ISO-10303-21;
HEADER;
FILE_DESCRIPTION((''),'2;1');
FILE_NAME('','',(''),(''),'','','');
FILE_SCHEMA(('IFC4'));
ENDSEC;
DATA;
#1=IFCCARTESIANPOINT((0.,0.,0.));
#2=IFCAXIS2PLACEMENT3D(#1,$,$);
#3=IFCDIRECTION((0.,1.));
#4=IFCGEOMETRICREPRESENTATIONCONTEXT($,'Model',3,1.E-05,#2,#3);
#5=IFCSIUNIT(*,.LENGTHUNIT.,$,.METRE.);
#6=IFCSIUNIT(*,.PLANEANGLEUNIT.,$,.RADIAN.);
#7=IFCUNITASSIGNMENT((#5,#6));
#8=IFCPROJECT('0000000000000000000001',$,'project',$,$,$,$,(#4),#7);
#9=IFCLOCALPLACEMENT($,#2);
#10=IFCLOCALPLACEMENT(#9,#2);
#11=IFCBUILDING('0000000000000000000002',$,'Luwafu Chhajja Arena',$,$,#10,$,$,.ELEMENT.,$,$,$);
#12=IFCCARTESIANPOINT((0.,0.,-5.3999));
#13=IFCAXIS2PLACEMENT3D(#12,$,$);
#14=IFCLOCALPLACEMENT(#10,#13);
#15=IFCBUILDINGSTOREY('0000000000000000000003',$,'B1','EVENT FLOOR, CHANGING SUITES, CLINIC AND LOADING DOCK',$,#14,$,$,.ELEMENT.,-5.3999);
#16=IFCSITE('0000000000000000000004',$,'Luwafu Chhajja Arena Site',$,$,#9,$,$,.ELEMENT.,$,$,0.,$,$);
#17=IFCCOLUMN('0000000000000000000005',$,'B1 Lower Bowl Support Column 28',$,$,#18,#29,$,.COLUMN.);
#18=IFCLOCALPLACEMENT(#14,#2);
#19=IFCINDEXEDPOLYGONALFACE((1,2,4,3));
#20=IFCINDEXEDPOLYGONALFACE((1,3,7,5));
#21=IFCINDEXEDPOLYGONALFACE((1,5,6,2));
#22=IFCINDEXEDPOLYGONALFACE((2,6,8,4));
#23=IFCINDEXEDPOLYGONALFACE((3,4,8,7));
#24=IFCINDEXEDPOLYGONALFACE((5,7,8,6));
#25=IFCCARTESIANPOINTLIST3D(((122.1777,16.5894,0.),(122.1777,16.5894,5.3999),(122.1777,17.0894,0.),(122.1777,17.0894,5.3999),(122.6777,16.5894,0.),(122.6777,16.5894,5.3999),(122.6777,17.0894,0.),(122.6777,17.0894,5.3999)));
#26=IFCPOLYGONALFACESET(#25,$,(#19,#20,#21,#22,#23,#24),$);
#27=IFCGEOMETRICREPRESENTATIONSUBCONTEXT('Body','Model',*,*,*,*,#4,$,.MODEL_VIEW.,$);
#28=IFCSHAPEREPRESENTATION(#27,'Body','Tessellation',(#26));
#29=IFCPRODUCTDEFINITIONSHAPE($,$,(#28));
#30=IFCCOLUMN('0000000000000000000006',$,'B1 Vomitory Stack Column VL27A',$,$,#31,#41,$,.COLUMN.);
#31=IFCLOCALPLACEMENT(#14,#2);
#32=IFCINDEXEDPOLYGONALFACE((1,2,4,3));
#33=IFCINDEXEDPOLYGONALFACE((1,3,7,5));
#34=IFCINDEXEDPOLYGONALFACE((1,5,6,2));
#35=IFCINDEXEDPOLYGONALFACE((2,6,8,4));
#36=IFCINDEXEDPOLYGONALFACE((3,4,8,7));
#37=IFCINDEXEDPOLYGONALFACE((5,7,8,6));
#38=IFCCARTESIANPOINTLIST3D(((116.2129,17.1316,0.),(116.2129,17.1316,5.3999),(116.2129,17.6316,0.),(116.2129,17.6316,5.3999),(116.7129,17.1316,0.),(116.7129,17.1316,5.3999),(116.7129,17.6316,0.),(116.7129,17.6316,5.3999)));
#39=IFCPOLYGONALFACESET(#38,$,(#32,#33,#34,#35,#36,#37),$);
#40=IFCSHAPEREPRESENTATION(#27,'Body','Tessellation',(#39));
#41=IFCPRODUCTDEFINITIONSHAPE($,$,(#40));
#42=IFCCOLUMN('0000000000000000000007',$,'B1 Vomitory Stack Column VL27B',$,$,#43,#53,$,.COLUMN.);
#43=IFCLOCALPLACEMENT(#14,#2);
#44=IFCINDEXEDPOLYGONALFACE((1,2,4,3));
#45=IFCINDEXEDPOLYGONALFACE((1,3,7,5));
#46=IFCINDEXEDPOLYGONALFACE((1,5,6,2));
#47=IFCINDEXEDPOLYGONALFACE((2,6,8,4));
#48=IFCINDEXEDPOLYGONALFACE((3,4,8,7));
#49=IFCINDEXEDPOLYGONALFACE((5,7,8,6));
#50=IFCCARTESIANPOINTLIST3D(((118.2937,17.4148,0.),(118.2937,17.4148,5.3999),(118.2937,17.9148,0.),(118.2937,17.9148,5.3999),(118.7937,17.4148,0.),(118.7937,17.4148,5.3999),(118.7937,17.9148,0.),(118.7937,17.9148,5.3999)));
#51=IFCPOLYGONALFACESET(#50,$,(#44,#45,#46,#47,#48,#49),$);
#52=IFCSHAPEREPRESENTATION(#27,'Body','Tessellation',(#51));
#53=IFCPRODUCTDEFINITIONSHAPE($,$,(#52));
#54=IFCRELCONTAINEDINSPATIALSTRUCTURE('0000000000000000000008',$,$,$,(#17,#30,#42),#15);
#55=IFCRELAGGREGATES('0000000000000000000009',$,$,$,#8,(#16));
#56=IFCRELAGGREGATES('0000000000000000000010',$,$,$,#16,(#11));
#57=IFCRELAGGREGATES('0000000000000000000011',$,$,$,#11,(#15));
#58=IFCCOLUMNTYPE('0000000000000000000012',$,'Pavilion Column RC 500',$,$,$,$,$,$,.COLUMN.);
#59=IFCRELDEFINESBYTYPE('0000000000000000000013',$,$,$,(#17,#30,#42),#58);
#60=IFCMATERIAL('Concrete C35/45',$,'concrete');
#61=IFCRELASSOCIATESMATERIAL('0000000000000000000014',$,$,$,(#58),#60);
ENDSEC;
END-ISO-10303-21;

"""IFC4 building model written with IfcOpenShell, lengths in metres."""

from ifc_helpers import new_model, si_unit, direction, frame, origin, origin_2d, place, context, subcontext, project, spatial, rectangle, extrude, material, material_profile, profile_set, type_object, element, save


model = new_model("IFC4")

# Units and contexts
model_context = context("Model", 3, precision=1e-05, world=origin(), true_north=direction((0.0, 1.0)))
body_context = subcontext(model_context, "Body", "Model", "MODEL_VIEW")
ifc_project = project(units=[si_unit("LENGTHUNIT", "METRE"), si_unit("PLANEANGLEUNIT", "RADIAN")], contexts=[model_context])

# Site, building, storey
site_placement = place(None, origin())
site = spatial("IfcSite", under=ifc_project, at=site_placement, Name="Luwafu Chhajja Arena Site", CompositionType="ELEMENT", RefElevation=0.0)
building_placement = place(site_placement, origin())
building = spatial("IfcBuilding", under=site, at=building_placement, Name="Luwafu Chhajja Arena", CompositionType="ELEMENT")
storey_placement = place(building_placement, frame((0.0, 0.0, -5.3999)))
storey = spatial("IfcBuildingStorey", under=building, at=storey_placement, Name="B1", Description="EVENT FLOOR, CHANGING SUITES, CLINIC AND LOADING DOCK", CompositionType="ELEMENT", Elevation=-5.3999)

# Shared definitions
ifc_material_1 = material(Name="Concrete C35/45", Category="concrete")

# Columns
ifc_material_profile_1 = material_profile(ifc_material_1, rectangle(XDim=0.5, YDim=0.5, at=origin_2d()), Name="RC 500x500")
ifc_profile_set_1 = profile_set([ifc_material_profile_1], Name="Concrete C35/45")
column_type_1 = type_object("IfcColumnType", Name="Pavilion Column RC 500", PredefinedType="COLUMN", material=ifc_profile_set_1)
for number, where, z_axis, x_axis, name in (
    (1, (122.4277, 16.8394, 0.0), (0.0, 0.0, 1.0), (1.0, 0.0, 0.0), "B1 Lower Bowl Support Column 28"),
    (2, (116.4629, 17.3816, 0.0), (0.0, 0.0, 1.0), (1.0, 0.0, 0.0), "B1 Vomitory Stack Column VL27A"),
    (3, (118.5437, 17.6648, 0.0), (0.0, 0.0, 1.0), (1.0, 0.0, 0.0), "B1 Vomitory Stack Column VL27B"),
):
    element("IfcColumn", number, at=place(storey_placement, frame(where, z_axis=z_axis, x_axis=x_axis)), inside=storey, type_object=column_type_1, Name=name, PredefinedType="COLUMN", context=body_context, shape_type="SweptSolid", body=[
        extrude(rectangle(XDim=0.5, YDim=0.5, at=origin_2d()), origin(), (0.0, 0.0, 1.0), 5.3999),
    ])

save(model, "model.ifc")
